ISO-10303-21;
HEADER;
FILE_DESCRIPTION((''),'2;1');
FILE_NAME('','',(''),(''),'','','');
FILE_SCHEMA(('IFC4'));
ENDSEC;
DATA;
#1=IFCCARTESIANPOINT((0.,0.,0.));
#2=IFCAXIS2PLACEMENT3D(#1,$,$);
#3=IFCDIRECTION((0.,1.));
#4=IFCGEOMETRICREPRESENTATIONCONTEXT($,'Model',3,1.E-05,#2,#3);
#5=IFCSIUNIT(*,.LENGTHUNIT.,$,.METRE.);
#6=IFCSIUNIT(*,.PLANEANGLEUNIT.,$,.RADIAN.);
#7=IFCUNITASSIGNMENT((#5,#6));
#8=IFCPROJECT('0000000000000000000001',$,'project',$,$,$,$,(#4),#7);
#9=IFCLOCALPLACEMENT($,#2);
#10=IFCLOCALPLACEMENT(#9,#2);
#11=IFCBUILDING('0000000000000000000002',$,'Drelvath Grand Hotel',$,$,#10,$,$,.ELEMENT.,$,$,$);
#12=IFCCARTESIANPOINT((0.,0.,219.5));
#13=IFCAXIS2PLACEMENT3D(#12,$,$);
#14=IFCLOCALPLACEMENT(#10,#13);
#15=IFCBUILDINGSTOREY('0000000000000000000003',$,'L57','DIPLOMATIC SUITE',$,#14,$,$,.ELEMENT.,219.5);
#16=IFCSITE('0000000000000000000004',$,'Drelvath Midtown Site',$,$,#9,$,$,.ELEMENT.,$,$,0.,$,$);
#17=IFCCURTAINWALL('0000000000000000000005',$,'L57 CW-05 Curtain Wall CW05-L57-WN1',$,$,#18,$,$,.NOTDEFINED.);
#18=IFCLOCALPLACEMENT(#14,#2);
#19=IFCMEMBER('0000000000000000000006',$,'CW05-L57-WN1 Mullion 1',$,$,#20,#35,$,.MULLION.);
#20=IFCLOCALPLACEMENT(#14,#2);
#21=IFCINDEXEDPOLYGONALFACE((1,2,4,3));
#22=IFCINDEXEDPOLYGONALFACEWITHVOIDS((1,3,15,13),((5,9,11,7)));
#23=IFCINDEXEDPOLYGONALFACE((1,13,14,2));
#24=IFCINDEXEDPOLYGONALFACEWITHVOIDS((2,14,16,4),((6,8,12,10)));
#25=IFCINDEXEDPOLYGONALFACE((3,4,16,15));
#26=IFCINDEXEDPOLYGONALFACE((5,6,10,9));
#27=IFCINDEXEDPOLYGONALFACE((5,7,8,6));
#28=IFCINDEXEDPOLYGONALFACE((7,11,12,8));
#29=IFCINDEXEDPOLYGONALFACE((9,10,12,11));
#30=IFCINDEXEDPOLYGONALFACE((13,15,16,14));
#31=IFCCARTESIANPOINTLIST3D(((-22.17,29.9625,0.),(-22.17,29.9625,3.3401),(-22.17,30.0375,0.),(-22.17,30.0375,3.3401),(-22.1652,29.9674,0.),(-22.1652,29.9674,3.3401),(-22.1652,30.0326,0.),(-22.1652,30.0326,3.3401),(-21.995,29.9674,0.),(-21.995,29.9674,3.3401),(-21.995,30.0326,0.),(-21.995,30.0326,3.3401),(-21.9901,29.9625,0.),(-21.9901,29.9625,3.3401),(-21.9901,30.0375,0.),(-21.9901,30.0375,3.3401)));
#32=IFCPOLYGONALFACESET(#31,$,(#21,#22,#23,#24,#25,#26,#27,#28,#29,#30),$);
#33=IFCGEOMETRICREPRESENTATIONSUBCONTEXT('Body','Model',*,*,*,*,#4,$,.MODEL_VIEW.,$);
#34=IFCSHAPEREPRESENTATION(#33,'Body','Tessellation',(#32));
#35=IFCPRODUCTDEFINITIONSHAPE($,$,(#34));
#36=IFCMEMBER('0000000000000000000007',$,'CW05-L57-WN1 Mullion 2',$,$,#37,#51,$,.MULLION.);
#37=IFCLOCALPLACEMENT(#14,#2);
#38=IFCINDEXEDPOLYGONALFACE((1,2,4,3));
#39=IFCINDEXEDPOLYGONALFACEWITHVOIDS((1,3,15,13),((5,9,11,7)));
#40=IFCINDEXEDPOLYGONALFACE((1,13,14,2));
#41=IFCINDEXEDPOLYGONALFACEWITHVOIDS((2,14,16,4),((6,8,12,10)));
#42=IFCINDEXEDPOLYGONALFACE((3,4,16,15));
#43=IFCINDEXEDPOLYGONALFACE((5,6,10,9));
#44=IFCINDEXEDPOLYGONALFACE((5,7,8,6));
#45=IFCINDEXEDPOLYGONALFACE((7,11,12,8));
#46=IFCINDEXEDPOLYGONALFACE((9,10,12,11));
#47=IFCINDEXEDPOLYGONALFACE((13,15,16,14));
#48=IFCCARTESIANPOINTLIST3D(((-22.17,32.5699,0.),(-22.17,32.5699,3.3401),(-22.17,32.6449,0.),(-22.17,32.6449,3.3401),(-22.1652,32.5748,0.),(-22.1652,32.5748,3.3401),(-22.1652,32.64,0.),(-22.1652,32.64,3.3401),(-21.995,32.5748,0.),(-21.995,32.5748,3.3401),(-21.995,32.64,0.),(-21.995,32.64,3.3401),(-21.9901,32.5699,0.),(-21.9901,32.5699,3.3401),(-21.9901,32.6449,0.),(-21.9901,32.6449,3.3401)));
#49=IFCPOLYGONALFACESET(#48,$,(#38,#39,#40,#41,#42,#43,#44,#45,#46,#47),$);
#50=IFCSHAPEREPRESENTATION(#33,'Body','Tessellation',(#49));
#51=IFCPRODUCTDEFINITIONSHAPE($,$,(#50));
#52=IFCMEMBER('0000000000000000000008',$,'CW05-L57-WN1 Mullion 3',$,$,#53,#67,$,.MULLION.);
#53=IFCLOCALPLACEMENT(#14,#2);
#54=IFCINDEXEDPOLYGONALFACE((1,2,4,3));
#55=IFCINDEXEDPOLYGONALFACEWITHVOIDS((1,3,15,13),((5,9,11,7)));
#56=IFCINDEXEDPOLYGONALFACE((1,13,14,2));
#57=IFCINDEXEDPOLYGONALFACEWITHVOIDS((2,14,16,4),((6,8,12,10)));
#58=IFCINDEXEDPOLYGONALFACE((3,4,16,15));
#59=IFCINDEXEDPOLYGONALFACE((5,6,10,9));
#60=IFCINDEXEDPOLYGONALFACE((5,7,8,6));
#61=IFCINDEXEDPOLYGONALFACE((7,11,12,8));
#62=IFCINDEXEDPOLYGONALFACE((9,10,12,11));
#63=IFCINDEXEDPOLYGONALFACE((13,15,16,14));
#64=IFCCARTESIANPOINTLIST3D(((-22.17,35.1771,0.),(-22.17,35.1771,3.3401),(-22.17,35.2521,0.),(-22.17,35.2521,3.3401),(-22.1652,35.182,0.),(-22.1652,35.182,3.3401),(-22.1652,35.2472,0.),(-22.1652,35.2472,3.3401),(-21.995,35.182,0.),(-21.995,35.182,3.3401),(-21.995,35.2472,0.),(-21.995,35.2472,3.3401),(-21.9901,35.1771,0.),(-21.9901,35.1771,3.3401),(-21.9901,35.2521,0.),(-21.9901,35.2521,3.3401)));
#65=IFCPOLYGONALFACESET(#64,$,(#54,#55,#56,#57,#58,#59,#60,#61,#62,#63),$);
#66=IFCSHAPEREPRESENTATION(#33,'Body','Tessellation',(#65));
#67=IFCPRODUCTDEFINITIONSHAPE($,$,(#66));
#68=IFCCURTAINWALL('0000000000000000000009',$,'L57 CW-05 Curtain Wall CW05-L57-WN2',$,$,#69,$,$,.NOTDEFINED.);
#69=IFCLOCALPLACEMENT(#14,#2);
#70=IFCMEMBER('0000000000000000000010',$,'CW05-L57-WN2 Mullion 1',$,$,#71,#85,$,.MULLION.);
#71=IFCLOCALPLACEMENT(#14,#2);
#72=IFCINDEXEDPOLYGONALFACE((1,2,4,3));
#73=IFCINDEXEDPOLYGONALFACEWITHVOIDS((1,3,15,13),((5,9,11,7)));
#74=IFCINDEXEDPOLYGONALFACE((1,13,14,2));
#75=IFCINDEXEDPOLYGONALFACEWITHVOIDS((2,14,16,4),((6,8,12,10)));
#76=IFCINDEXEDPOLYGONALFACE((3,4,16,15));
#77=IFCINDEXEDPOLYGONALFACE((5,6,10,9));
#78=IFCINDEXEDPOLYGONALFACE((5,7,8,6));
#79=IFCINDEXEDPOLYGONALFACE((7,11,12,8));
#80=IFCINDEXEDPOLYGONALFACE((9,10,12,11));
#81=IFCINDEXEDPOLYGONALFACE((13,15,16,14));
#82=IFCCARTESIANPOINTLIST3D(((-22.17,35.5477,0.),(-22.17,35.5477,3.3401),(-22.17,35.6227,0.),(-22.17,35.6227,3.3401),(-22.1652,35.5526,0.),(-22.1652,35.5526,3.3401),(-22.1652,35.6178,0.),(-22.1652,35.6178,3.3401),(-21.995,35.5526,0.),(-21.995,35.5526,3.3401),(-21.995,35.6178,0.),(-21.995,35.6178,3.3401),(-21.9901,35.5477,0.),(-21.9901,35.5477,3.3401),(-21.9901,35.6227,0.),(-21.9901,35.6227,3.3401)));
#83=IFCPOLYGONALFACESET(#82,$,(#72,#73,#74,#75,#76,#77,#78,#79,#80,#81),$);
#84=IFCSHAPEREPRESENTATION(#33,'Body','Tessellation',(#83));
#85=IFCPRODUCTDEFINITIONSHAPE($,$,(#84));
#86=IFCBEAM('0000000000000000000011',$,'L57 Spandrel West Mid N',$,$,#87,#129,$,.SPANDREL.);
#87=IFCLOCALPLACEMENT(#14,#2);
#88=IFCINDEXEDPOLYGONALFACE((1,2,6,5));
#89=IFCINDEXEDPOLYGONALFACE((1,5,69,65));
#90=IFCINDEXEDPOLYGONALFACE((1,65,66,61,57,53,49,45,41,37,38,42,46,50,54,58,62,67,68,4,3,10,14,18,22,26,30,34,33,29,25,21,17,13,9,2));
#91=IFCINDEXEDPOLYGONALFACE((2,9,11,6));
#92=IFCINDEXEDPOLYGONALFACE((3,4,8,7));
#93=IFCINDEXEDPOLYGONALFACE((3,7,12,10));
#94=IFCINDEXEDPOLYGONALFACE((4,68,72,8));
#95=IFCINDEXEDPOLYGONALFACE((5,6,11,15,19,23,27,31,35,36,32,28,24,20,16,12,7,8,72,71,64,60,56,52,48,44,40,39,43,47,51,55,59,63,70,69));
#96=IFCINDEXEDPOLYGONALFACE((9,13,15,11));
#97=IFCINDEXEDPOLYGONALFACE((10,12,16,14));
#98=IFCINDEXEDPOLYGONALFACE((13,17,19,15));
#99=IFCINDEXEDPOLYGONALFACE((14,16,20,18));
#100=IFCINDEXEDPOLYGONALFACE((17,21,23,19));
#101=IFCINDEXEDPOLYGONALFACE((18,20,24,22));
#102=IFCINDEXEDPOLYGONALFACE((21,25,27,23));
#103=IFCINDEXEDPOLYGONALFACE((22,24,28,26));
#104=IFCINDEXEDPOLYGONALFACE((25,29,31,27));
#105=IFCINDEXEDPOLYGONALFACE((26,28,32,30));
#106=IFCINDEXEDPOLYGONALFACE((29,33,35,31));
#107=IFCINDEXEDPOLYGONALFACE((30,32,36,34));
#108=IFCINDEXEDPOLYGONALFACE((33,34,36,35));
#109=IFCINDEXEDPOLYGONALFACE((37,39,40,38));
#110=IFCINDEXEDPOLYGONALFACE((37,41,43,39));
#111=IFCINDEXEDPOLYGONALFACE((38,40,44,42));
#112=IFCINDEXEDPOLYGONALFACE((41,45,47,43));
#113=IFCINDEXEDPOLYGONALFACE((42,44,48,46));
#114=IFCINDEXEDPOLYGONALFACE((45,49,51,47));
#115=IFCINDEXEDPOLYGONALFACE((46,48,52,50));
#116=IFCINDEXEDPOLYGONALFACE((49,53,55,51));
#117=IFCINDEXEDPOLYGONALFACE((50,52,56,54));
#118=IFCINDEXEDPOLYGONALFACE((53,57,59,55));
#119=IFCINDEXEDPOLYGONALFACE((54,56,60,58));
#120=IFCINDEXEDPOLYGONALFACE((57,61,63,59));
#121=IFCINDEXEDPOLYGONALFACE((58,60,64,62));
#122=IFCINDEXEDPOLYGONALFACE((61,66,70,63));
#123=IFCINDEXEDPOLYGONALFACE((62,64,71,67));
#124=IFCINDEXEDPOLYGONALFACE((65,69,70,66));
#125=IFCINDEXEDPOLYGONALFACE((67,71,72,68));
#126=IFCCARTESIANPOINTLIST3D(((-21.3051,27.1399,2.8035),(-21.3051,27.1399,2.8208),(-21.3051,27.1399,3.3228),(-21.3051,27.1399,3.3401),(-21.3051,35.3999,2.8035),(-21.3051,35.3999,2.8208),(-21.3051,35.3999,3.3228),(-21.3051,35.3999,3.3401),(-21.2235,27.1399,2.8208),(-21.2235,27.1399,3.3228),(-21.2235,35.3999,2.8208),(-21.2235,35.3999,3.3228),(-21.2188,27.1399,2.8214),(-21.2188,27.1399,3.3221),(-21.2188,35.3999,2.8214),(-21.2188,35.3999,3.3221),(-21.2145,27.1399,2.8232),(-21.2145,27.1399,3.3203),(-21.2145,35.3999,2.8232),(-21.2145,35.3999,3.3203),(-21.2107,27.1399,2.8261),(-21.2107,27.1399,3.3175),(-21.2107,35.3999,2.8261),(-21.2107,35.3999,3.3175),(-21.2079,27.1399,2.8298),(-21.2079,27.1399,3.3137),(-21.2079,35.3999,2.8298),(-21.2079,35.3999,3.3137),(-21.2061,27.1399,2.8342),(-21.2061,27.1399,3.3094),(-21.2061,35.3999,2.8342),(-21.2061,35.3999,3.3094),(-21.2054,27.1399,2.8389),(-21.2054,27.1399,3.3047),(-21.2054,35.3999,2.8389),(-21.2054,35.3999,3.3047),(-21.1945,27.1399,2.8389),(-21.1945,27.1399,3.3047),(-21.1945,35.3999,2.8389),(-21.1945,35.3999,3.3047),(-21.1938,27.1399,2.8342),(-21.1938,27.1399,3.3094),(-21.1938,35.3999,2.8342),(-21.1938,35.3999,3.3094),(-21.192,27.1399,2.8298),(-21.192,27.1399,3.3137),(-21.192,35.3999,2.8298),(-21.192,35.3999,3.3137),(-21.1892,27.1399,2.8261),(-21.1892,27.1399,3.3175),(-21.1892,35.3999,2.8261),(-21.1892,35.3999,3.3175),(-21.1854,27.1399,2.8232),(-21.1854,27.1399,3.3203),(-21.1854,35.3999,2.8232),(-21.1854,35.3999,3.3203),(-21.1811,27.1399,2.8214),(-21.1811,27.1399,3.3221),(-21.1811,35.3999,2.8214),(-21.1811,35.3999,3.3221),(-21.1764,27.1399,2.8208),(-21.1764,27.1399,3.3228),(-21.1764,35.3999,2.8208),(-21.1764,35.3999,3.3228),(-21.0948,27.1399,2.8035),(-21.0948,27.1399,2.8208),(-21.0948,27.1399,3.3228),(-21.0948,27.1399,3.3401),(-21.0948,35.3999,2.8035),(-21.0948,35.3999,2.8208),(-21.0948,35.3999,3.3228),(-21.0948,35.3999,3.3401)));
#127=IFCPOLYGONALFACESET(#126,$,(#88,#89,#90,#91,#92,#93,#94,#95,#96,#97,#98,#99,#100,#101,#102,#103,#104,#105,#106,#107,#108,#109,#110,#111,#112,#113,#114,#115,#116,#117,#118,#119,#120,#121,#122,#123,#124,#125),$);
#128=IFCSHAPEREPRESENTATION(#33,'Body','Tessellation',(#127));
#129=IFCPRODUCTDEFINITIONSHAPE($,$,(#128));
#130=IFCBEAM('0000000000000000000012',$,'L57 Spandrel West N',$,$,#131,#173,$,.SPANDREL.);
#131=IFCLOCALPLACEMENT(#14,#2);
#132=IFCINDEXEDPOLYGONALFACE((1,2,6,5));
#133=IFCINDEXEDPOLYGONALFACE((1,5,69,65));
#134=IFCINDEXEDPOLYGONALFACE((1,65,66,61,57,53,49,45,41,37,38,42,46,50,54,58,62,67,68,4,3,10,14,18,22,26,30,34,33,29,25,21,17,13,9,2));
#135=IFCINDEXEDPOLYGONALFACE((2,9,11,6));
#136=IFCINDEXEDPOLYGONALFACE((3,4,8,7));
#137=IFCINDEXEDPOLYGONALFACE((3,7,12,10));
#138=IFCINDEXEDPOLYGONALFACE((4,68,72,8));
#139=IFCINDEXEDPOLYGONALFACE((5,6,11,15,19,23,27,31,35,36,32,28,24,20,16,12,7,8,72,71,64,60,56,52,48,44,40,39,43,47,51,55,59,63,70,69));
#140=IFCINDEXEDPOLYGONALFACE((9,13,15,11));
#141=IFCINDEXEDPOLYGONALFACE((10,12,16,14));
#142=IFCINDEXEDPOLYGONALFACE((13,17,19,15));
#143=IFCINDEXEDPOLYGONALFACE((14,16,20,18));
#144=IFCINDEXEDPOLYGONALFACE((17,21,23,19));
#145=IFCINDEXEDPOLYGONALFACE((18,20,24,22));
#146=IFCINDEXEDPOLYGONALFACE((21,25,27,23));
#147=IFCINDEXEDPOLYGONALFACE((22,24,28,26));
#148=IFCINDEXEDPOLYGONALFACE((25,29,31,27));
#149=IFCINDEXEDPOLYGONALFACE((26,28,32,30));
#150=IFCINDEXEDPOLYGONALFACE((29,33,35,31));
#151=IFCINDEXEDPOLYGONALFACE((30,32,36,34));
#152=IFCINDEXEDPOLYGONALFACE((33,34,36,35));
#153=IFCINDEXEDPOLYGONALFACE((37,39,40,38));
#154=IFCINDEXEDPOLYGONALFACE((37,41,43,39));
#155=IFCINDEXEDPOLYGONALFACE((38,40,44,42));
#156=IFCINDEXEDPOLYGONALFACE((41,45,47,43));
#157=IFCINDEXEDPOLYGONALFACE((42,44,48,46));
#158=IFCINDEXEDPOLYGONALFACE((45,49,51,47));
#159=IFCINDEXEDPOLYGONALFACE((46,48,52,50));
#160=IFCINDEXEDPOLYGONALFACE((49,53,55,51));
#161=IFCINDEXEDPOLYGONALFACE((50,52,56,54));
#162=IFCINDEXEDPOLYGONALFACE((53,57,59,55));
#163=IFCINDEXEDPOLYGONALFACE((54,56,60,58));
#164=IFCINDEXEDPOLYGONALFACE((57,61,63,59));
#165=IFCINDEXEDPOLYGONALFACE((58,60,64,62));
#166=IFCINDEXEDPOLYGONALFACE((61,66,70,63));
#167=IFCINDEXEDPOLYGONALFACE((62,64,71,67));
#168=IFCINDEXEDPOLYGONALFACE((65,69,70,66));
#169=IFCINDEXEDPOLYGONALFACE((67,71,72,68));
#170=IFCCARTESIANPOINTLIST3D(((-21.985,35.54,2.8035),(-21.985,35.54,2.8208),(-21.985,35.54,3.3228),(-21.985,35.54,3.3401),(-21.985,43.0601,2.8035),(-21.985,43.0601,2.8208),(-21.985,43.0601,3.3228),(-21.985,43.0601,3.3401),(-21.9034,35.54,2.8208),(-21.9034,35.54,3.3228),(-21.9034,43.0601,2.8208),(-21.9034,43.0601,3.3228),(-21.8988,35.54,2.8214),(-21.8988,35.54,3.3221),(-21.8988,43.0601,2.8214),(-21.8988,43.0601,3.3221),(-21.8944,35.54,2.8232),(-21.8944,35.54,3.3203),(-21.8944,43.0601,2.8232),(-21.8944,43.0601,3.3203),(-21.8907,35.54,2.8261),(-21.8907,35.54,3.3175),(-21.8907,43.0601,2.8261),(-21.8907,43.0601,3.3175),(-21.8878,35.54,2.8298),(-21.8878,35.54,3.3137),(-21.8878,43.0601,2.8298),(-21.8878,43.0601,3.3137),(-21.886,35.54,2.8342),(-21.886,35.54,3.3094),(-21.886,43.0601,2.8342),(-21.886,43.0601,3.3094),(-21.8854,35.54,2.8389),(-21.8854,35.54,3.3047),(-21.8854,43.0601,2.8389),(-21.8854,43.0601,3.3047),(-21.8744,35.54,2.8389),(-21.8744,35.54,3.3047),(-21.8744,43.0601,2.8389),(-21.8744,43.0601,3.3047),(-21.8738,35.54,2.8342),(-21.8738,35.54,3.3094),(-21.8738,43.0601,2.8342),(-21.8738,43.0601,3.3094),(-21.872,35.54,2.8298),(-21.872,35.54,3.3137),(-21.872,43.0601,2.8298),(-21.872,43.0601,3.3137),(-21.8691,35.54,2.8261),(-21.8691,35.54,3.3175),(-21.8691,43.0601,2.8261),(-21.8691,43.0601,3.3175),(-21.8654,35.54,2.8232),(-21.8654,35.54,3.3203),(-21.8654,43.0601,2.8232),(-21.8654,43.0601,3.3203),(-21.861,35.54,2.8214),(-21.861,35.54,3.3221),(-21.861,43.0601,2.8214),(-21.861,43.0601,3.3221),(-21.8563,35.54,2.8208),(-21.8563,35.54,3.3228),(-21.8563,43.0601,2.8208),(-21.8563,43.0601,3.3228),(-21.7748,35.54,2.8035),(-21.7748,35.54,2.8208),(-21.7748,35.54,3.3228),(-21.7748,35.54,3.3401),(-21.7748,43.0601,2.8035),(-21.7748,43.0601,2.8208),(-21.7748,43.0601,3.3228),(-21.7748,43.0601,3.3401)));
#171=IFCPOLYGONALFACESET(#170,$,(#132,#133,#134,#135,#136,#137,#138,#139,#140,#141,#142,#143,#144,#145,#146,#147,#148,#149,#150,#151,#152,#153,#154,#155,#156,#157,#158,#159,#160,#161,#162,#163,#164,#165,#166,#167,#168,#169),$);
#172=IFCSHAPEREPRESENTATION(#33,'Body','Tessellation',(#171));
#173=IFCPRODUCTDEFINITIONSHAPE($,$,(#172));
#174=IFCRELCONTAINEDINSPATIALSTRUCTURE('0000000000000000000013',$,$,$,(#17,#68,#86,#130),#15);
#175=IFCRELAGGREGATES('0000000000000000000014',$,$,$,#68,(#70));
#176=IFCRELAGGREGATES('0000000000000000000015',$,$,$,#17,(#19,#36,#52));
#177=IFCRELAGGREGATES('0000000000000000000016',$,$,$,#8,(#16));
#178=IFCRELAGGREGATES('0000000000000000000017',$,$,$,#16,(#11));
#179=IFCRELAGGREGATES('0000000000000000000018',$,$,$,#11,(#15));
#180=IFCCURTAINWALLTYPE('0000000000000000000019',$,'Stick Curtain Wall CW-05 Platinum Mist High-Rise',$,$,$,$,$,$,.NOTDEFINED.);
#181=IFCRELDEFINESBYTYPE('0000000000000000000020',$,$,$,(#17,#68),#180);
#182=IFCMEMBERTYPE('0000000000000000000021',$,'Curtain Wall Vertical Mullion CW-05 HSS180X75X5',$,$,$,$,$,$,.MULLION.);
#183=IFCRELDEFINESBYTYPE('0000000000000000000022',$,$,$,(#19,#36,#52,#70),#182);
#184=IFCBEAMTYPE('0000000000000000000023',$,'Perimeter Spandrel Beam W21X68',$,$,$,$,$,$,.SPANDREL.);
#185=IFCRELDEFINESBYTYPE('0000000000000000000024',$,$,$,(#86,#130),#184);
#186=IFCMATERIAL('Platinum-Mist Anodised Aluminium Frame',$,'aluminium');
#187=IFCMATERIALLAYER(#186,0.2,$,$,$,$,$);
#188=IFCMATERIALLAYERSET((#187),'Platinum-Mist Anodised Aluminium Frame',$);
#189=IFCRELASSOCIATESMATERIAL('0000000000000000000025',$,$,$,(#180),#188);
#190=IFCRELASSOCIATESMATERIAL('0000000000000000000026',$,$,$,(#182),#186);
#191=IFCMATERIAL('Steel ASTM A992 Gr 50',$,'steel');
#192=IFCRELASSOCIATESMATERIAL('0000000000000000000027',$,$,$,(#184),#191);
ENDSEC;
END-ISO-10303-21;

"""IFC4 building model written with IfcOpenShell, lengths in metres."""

from ifc_helpers import new_model, si_unit, direction, frame, origin, origin_2d, place, context, subcontext, project, spatial, hollow_rectangle, i_section, extrude, material, layer, layer_set, material_profile, profile_set, type_object, element, aggregate, save


model = new_model("IFC4")

# Units and contexts
model_context = context("Model", 3, precision=1e-05, world=origin(), true_north=direction((0.0, 1.0)))
body_context = subcontext(model_context, "Body", "Model", "MODEL_VIEW")
ifc_project = project(units=[si_unit("LENGTHUNIT", "METRE"), si_unit("PLANEANGLEUNIT", "RADIAN")], contexts=[model_context])

# Site, building, storey
site_placement = place(None, origin())
site = spatial("IfcSite", under=ifc_project, at=site_placement, Name="Drelvath Midtown Site", CompositionType="ELEMENT", RefElevation=0.0)
building_placement = place(site_placement, origin())
building = spatial("IfcBuilding", under=site, at=building_placement, Name="Drelvath Grand Hotel", CompositionType="ELEMENT")
storey_placement = place(building_placement, frame((0.0, 0.0, 219.5)))
storey = spatial("IfcBuildingStorey", under=building, at=storey_placement, Name="L57", Description="DIPLOMATIC SUITE", CompositionType="ELEMENT", Elevation=219.5)

# Curtain wall
ifc_material_1 = material(Name="Platinum-Mist Anodised Aluminium Frame", Category="aluminium")
ifc_layer_1 = layer(ifc_material_1, 0.2)
ifc_layer_set_1 = layer_set([ifc_layer_1], Name="Platinum-Mist Anodised Aluminium Frame")
curtain_wall_type = type_object("IfcCurtainWallType", Name="Stick Curtain Wall CW-05 Platinum Mist High-Rise", PredefinedType="NOTDEFINED", material=ifc_layer_set_1)
curtain_wall_1_placement = place(storey_placement, origin())
curtain_wall_1 = element("IfcCurtainWall", 1, at=curtain_wall_1_placement, inside=storey, type_object=curtain_wall_type, Name="L57 CW-05 Curtain Wall CW05-L57-WN1", PredefinedType="NOTDEFINED")
ifc_material_profile_1 = material_profile(ifc_material_1, hollow_rectangle(XDim=0.075, YDim=0.1799, WallThickness=0.0049, at=origin_2d()), Name="HSS180X75X5")
ifc_profile_set_1 = profile_set([ifc_material_profile_1], Name="Platinum-Mist Anodised Aluminium Frame")
member_type_1 = type_object("IfcMemberType", Name="Curtain Wall Vertical Mullion CW-05 HSS180X75X5", PredefinedType="MULLION", material=ifc_profile_set_1)

# Members
member_1_placement = place(storey_placement, frame((-22.0801, 30.0, 0.0), z_axis=(0.0, 0.0, 1.0), x_axis=(0.0, 1.0, 0.0)))
member_1 = element("IfcMember", 2, at=member_1_placement, type_object=member_type_1, Name="CW05-L57-WN1 Mullion 1", PredefinedType="MULLION", context=body_context, shape_type="SweptSolid", body=[
    extrude(hollow_rectangle(XDim=0.075, YDim=0.1799, WallThickness=0.0049, at=origin_2d()), origin(), (0.0, 0.0, 1.0), 3.3401),
])
member_2_placement = place(storey_placement, frame((-22.0801, 32.6074, 0.0), z_axis=(0.0, 0.0, 1.0), x_axis=(0.0, 1.0, 0.0)))
member_2 = element("IfcMember", 3, at=member_2_placement, type_object=member_type_1, Name="CW05-L57-WN1 Mullion 2", PredefinedType="MULLION", context=body_context, shape_type="SweptSolid", body=[
    extrude(hollow_rectangle(XDim=0.075, YDim=0.1799, WallThickness=0.0049, at=origin_2d()), origin(), (0.0, 0.0, 1.0), 3.3401),
])
member_3_placement = place(storey_placement, frame((-22.0801, 35.2146, 0.0), z_axis=(0.0, 0.0, 1.0), x_axis=(0.0, 1.0, 0.0)))
member_3 = element("IfcMember", 4, at=member_3_placement, type_object=member_type_1, Name="CW05-L57-WN1 Mullion 3", PredefinedType="MULLION", context=body_context, shape_type="SweptSolid", body=[
    extrude(hollow_rectangle(XDim=0.075, YDim=0.1799, WallThickness=0.0049, at=origin_2d()), origin(), (0.0, 0.0, 1.0), 3.3401),
])

# Curtain wall, member
curtain_wall_2_placement = place(storey_placement, origin())
curtain_wall_2 = element("IfcCurtainWall", 5, at=curtain_wall_2_placement, inside=storey, type_object=curtain_wall_type, Name="L57 CW-05 Curtain Wall CW05-L57-WN2", PredefinedType="NOTDEFINED")
member_4_placement = place(storey_placement, frame((-22.0801, 35.5852, 0.0), z_axis=(0.0, 0.0, 1.0), x_axis=(0.0, 1.0, 0.0)))
member_4 = element("IfcMember", 6, at=member_4_placement, type_object=member_type_1, Name="CW05-L57-WN2 Mullion 1", PredefinedType="MULLION", context=body_context, shape_type="SweptSolid", body=[
    extrude(hollow_rectangle(XDim=0.075, YDim=0.1799, WallThickness=0.0049, at=origin_2d()), origin(), (0.0, 0.0, 1.0), 3.3401),
])
aggregate(curtain_wall_2, [member_4])

# Beams
ifc_material_2 = material(Name="Steel ASTM A992 Gr 50", Category="steel")
ifc_material_profile_2 = material_profile(ifc_material_2, i_section(OverallWidth=0.2102, OverallDepth=0.5366, WebThickness=0.011, FlangeThickness=0.0173, FilletRadius=0.0181, at=origin_2d()), Name="W21X68")
ifc_profile_set_2 = profile_set([ifc_material_profile_2], Name="Steel ASTM A992 Gr 50")
beam_type_1 = type_object("IfcBeamType", Name="Perimeter Spandrel Beam W21X68", PredefinedType="SPANDREL", material=ifc_profile_set_2)
beam_1_placement = place(storey_placement, frame((-21.2, 27.1399, 3.0718), z_axis=(0.0, 1.0, 0.0), x_axis=(-1.0, 0.0, 0.0)))
element("IfcBeam", 7, at=beam_1_placement, inside=storey, type_object=beam_type_1, Name="L57 Spandrel West Mid N", PredefinedType="SPANDREL", context=body_context, shape_type="SweptSolid", body=[
    extrude(i_section(OverallWidth=0.2102, OverallDepth=0.5366, WebThickness=0.011, FlangeThickness=0.0173, FilletRadius=0.0181, at=origin_2d()), origin(), (0.0, 0.0, 1.0), 8.26),
])
beam_2_placement = place(storey_placement, frame((-21.8799, 35.54, 3.0718), z_axis=(0.0, 1.0, 0.0), x_axis=(-1.0, 0.0, 0.0)))
element("IfcBeam", 8, at=beam_2_placement, inside=storey, type_object=beam_type_1, Name="L57 Spandrel West N", PredefinedType="SPANDREL", context=body_context, shape_type="SweptSolid", body=[
    extrude(i_section(OverallWidth=0.2102, OverallDepth=0.5366, WebThickness=0.011, FlangeThickness=0.0173, FilletRadius=0.0181, at=origin_2d()), origin(), (0.0, 0.0, 1.0), 7.52),
])

aggregate(curtain_wall_1, [member_1, member_2, member_3])

save(model, "model.ifc")
